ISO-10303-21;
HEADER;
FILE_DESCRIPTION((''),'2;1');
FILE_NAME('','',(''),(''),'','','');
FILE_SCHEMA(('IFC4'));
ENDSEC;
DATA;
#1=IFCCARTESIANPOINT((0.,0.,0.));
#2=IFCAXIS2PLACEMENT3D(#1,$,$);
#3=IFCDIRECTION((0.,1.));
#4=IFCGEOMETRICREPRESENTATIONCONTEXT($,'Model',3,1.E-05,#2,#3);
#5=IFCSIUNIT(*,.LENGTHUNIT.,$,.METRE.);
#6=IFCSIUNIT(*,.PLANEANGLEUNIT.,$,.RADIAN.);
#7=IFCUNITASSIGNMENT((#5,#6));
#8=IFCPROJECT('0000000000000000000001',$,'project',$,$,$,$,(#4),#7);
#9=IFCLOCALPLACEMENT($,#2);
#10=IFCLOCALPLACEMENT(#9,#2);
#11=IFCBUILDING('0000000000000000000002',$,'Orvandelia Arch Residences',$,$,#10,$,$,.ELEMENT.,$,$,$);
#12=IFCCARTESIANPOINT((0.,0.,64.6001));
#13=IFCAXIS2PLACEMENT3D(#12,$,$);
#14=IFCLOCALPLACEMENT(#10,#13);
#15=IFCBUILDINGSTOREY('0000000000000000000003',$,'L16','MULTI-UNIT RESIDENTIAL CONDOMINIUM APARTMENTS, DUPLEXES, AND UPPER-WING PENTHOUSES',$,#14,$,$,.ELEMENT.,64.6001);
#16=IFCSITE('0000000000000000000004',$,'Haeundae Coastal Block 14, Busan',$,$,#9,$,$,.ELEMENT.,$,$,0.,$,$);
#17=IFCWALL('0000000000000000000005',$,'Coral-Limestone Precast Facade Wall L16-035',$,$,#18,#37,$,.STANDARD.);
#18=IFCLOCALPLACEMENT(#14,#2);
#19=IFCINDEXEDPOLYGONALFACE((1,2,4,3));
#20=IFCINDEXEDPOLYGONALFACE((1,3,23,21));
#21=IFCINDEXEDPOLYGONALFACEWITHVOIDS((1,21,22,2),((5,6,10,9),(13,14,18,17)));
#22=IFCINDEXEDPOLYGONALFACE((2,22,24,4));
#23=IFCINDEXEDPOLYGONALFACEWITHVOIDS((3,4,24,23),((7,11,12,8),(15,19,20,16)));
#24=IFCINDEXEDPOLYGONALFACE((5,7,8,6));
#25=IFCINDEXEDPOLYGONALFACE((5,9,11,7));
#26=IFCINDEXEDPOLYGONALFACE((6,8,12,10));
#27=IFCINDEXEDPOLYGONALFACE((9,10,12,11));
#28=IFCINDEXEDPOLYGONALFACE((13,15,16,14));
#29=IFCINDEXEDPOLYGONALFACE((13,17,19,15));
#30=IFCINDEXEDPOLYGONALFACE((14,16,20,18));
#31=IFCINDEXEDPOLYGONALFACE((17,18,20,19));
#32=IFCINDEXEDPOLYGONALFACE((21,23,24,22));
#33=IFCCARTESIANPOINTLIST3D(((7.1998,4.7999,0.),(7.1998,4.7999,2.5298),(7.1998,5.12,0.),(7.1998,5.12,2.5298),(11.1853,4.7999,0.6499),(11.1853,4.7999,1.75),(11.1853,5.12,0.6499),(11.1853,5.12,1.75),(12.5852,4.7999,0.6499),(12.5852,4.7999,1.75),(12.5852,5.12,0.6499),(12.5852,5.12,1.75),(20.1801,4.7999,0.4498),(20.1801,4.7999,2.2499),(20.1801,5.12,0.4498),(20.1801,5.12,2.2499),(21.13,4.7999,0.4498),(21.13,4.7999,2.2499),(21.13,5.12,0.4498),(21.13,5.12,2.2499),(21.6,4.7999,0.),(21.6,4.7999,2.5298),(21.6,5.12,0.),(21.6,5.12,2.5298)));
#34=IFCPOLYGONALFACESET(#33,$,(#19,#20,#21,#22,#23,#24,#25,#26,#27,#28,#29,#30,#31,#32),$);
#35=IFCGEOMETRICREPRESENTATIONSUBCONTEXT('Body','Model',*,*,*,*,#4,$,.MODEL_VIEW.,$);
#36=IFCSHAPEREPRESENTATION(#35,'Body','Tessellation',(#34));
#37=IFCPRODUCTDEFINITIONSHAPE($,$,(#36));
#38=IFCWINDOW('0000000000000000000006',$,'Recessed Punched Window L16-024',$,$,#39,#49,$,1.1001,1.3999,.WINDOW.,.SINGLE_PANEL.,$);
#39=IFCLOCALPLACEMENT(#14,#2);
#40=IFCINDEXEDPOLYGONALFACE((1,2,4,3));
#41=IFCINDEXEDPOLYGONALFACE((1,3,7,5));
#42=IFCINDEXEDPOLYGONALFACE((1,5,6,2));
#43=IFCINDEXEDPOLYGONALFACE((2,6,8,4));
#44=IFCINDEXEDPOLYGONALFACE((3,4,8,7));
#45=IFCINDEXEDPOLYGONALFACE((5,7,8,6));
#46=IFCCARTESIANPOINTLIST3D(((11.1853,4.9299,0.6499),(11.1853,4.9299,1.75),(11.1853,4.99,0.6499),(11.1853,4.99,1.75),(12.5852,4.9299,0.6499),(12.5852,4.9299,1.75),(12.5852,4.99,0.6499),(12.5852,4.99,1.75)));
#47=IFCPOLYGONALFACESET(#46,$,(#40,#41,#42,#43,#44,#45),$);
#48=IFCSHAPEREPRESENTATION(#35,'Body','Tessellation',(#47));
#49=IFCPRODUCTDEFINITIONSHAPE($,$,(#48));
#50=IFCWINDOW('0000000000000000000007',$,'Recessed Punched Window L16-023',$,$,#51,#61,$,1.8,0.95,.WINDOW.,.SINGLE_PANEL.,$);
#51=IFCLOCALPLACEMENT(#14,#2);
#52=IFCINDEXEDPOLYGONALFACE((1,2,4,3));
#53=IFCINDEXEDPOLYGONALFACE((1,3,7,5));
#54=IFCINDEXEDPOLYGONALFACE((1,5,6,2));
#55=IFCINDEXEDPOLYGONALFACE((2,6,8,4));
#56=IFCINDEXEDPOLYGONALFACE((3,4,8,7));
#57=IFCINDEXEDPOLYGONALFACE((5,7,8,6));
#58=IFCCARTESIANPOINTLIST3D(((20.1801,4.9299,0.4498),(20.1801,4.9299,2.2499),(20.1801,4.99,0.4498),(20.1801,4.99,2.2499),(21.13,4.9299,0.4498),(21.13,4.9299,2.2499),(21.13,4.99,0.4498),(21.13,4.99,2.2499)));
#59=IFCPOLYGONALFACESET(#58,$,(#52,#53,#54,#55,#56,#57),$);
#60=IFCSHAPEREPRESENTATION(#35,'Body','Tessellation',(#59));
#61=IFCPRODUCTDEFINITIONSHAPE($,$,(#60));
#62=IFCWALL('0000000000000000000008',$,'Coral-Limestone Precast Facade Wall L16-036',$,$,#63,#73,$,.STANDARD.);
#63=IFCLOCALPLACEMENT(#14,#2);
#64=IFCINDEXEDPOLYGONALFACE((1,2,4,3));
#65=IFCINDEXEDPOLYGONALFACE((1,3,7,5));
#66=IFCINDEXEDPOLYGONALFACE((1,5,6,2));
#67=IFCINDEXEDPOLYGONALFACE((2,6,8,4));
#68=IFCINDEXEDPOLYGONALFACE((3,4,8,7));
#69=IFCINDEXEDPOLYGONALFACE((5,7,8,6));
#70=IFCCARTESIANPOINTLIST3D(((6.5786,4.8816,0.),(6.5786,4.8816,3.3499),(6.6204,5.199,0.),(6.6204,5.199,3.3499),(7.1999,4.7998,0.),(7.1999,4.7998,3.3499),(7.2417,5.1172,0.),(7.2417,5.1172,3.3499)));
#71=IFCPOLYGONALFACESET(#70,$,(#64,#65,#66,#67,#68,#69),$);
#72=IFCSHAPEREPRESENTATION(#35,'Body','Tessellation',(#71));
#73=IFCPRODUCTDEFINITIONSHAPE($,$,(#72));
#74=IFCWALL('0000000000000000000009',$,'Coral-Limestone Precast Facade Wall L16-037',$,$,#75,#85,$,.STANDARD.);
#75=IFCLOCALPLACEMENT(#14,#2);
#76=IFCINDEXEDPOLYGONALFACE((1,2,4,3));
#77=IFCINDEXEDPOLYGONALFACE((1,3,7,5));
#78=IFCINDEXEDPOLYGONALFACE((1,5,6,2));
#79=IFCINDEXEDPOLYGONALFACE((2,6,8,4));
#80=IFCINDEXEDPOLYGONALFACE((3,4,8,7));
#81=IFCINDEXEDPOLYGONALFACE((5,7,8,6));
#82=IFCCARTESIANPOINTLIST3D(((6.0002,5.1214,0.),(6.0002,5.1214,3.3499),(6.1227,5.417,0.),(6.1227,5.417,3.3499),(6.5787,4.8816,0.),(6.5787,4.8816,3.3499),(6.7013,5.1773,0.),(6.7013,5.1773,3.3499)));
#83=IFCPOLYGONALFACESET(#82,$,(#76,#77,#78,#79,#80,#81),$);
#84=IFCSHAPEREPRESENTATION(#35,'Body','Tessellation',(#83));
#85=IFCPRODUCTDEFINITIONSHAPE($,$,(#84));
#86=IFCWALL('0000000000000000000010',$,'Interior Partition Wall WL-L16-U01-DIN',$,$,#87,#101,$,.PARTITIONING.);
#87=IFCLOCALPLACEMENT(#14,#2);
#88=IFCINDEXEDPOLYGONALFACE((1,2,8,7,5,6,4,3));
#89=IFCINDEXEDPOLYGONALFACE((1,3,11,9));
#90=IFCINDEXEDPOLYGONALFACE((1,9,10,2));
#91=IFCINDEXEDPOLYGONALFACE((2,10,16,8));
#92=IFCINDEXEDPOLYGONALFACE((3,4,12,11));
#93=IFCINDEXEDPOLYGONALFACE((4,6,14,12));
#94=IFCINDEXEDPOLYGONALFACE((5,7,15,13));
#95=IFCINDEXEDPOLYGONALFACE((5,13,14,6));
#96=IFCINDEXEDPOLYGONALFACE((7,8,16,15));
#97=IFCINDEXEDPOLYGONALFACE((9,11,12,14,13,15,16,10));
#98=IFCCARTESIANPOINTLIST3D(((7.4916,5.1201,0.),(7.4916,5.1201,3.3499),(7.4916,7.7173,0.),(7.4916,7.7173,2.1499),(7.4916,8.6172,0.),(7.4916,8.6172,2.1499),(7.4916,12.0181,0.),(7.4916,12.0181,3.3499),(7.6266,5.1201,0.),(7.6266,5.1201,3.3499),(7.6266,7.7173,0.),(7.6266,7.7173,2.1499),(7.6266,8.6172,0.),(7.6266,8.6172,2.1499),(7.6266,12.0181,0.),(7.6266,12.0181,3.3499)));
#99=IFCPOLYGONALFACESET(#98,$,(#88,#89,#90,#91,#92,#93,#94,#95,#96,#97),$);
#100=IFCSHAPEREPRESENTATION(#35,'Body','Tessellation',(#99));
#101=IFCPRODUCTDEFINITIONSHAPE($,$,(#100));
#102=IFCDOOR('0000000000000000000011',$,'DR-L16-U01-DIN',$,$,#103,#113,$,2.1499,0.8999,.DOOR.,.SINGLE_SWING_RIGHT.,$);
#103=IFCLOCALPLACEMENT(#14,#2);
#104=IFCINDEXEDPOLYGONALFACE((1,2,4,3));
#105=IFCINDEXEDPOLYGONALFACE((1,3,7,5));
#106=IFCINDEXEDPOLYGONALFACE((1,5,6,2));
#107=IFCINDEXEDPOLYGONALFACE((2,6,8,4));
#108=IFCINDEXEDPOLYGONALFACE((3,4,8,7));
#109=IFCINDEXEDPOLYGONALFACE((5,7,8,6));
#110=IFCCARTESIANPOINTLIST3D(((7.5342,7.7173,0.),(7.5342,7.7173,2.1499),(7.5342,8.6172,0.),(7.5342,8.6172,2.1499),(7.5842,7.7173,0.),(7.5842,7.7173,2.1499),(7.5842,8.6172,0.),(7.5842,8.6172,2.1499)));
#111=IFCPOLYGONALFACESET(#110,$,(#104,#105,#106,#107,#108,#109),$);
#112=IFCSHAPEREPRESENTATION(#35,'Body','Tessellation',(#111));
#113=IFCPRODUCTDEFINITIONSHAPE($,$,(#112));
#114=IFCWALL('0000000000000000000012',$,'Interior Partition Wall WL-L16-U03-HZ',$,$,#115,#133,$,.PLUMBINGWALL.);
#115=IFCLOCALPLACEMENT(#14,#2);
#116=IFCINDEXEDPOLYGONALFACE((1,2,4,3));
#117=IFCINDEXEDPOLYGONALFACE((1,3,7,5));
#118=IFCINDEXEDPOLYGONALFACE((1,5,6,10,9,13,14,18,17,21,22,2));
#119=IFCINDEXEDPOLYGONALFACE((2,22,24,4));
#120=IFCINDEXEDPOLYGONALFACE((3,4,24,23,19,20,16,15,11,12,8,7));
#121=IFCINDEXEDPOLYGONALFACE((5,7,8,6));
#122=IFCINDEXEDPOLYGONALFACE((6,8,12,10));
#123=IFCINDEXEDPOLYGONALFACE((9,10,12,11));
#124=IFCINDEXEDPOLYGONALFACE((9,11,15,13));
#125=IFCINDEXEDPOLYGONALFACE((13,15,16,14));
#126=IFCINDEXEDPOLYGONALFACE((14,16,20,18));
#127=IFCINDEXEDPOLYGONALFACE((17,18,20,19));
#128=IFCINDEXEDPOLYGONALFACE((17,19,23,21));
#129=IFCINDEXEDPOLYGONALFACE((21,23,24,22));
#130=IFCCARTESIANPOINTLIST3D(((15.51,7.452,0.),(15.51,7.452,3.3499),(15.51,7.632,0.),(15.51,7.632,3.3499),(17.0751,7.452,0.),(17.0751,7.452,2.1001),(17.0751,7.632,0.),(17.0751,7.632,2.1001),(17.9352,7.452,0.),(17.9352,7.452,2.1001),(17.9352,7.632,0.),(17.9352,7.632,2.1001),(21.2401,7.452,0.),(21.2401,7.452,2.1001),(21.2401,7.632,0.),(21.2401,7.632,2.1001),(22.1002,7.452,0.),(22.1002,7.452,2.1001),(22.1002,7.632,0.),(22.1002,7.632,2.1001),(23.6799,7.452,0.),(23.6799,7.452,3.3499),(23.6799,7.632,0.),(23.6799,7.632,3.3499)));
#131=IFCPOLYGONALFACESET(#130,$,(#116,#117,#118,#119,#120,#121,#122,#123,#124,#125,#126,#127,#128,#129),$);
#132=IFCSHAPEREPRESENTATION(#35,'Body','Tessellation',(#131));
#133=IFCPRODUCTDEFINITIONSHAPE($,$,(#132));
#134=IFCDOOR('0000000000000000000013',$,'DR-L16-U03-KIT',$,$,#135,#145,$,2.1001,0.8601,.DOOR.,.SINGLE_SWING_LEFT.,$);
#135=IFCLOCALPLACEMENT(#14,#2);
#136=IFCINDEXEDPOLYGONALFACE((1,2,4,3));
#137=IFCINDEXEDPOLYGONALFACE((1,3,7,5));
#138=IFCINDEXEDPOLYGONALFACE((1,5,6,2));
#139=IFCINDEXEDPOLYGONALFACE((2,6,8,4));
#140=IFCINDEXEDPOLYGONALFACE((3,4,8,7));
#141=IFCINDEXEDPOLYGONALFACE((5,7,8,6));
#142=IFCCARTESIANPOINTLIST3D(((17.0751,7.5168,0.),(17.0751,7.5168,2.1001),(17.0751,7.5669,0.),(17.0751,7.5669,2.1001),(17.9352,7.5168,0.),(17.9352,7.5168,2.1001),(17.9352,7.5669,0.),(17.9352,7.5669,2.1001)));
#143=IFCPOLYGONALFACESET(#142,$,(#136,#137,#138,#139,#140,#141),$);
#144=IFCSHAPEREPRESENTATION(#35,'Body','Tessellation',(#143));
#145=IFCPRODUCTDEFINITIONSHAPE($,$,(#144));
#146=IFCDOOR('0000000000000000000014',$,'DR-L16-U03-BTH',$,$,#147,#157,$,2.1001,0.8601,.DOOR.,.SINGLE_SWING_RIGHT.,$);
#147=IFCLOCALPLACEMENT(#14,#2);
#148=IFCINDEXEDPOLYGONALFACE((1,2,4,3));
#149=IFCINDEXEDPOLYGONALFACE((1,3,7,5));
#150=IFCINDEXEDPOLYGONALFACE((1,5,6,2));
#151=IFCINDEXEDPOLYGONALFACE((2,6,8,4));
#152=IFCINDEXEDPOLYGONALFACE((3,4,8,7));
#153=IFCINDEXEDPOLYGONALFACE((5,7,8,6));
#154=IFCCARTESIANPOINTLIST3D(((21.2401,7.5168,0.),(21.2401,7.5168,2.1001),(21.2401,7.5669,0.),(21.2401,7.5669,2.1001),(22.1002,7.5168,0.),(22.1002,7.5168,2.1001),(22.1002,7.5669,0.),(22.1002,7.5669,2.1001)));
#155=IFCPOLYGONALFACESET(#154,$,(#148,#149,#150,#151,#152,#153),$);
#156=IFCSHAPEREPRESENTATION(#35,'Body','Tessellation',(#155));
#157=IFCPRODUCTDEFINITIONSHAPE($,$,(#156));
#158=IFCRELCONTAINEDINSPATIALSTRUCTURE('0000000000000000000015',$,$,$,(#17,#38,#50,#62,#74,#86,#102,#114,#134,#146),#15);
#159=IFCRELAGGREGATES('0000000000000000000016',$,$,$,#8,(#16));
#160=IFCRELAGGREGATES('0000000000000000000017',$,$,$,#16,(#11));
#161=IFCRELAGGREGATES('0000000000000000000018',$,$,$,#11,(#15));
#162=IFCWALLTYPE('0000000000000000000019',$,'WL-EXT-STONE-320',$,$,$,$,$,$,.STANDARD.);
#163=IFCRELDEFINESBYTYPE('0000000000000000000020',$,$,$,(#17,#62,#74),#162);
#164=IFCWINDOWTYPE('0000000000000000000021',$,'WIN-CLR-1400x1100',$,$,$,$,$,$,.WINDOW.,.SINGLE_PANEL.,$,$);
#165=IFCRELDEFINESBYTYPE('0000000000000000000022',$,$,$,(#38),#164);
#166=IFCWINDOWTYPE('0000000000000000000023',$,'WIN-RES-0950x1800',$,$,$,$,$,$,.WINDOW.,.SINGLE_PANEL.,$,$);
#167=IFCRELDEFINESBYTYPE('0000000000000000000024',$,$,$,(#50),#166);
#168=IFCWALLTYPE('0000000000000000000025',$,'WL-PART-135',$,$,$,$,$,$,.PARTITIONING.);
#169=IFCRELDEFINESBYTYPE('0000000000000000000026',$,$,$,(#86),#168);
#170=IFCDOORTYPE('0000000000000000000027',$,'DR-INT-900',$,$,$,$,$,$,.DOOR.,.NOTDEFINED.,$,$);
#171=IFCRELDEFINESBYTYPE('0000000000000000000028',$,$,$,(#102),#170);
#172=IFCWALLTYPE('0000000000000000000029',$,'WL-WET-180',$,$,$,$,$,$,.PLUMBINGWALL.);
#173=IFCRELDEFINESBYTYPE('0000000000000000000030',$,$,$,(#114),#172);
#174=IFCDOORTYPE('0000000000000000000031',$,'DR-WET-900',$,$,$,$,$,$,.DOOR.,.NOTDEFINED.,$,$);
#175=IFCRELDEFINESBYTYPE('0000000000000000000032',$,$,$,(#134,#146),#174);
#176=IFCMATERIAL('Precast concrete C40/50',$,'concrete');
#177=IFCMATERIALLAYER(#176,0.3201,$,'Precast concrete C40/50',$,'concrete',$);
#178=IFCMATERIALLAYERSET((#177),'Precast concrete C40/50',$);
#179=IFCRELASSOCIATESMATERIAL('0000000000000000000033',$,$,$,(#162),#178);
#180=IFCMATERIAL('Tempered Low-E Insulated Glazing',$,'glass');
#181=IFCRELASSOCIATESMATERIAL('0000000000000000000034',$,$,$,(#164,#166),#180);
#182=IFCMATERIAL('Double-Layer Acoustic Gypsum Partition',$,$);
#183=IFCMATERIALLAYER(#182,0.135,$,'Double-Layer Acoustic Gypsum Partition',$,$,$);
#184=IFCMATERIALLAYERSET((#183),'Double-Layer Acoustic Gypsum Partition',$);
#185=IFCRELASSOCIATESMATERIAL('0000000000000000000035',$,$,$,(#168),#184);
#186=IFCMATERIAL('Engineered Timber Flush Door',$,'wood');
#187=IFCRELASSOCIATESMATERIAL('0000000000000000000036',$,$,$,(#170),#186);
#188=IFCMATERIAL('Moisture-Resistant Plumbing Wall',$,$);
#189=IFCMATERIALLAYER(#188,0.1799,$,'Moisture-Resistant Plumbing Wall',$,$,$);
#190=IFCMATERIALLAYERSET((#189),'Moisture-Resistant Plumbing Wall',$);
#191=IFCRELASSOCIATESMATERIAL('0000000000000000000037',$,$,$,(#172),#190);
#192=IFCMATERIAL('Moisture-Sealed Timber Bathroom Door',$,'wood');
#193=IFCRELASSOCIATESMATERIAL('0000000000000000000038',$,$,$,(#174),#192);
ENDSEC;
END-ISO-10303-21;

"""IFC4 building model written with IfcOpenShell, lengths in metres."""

from ifc_helpers import new_model, si_unit, direction, frame, frame_2d, origin, place, context, subcontext, project, spatial, rectangle, extrude, material, layer, layer_set, type_object, element, fill, save


model = new_model("IFC4")

# Units and contexts
model_context = context("Model", 3, precision=1e-05, world=origin(), true_north=direction((0.0, 1.0)))
body_context = subcontext(model_context, "Body", "Model", "MODEL_VIEW")
ifc_project = project(units=[si_unit("LENGTHUNIT", "METRE"), si_unit("PLANEANGLEUNIT", "RADIAN")], contexts=[model_context])

# Site, building, storey
site_placement = place(None, origin())
site = spatial("IfcSite", under=ifc_project, at=site_placement, Name="Haeundae Coastal Block 14, Busan", CompositionType="ELEMENT", RefElevation=0.0)
building_placement = place(site_placement, origin())
building = spatial("IfcBuilding", under=site, at=building_placement, Name="Orvandelia Arch Residences", CompositionType="ELEMENT")
storey_placement = place(building_placement, frame((0.0, 0.0, 64.6001)))
storey = spatial("IfcBuildingStorey", under=building, at=storey_placement, Name="L16", Description="MULTI-UNIT RESIDENTIAL CONDOMINIUM APARTMENTS, DUPLEXES, AND UPPER-WING PENTHOUSES", CompositionType="ELEMENT", Elevation=64.6001)

# Shared definitions
ifc_material_1 = material(Name="Precast concrete C40/50", Category="concrete")
ifc_layer_1 = layer(ifc_material_1, 0.3201, Name="Precast concrete C40/50", Category="concrete")
ifc_layer_set_1 = layer_set([ifc_layer_1], Name="Precast concrete C40/50")
wall_type_1 = type_object("IfcWallType", Name="WL-EXT-STONE-320", PredefinedType="STANDARD", material=ifc_layer_set_1)

# Wall, openings, windows
wall_1_placement = place(storey_placement, frame((21.6001, 4.96, 0.0), z_axis=(0.0, 0.0, 1.0), x_axis=(-1.0, 0.0, 0.0)))
wall_1 = element("IfcWall", 1, at=wall_1_placement, inside=storey, type_object=wall_type_1, Name="Coral-Limestone Precast Facade Wall L16-035", PredefinedType="STANDARD", context=body_context, shape_type="SweptSolid", body=[
    extrude(rectangle(XDim=14.4001, YDim=0.3201, at=frame_2d((7.2002, 0.0))), origin(), (0.0, 0.0, 1.0), 2.5298),
])
opening_1_placement = place(wall_1_placement, frame((0.47, 0.0, 0.45)))
opening_1 = element("IfcOpeningElement", 2, at=opening_1_placement, cuts=wall_1, PredefinedType="OPENING", context=body_context, shape_type="SweptSolid", body=[
    extrude(rectangle(XDim=0.95, YDim=1.8, at=frame_2d((0.4751, 0.8999))), frame((0.0, 0.1699, 0.0), z_axis=(0.0, -1.0, 0.0), x_axis=(1.0, 0.0, 0.0)), (0.0, 0.0, 1.0), 0.3401),
])
opening_2_placement = place(wall_1_placement, frame((9.0149, 0.0, 0.6499)))
opening_2 = element("IfcOpeningElement", 3, at=opening_2_placement, cuts=wall_1, PredefinedType="OPENING", context=body_context, shape_type="SweptSolid", body=[
    extrude(rectangle(XDim=1.3999, YDim=1.1001, at=frame_2d((0.7, 0.55))), frame((0.0, 0.1699, 0.0), z_axis=(0.0, -1.0, 0.0), x_axis=(1.0, 0.0, 0.0)), (0.0, 0.0, 1.0), 0.3401),
])
ifc_material_2 = material(Name="Tempered Low-E Insulated Glazing", Category="glass")
window_type_1 = type_object("IfcWindowType", Name="WIN-CLR-1400x1100", PartitioningType="SINGLE_PANEL", PredefinedType="WINDOW", material=ifc_material_2)
window_1_placement = place(opening_2_placement, origin())
window_1 = element("IfcWindow", 4, at=window_1_placement, inside=storey, type_object=window_type_1, Name="Recessed Punched Window L16-024", OverallHeight=1.1001, OverallWidth=1.3999, PartitioningType="SINGLE_PANEL", PredefinedType="WINDOW", context=body_context, shape_type="SweptSolid", body=[
    extrude(rectangle(XDim=1.3999, YDim=1.1001, at=frame_2d((0.7, 0.55))), frame((0.0, 0.03, 0.0), z_axis=(0.0, -1.0, 0.0), x_axis=(1.0, 0.0, 0.0)), (0.0, 0.0, 1.0), 0.0601),
])
fill(opening_2, window_1)
window_type_2 = type_object("IfcWindowType", Name="WIN-RES-0950x1800", PartitioningType="SINGLE_PANEL", PredefinedType="WINDOW", material=ifc_material_2)
window_2_placement = place(opening_1_placement, origin())
window_2 = element("IfcWindow", 5, at=window_2_placement, inside=storey, type_object=window_type_2, Name="Recessed Punched Window L16-023", OverallHeight=1.8, OverallWidth=0.95, PartitioningType="SINGLE_PANEL", PredefinedType="WINDOW", context=body_context, shape_type="SweptSolid", body=[
    extrude(rectangle(XDim=0.95, YDim=1.8, at=frame_2d((0.4751, 0.8999))), frame((0.0, 0.03, 0.0), z_axis=(0.0, -1.0, 0.0), x_axis=(1.0, 0.0, 0.0)), (0.0, 0.0, 1.0), 0.0601),
])
fill(opening_1, window_2)

# Walls
wall_2_placement = place(storey_placement, frame((7.2209, 4.9585, 0.0), z_axis=(0.0, 0.0, 1.0), x_axis=(-0.991448, 0.130505, 0.0)))
element("IfcWall", 6, at=wall_2_placement, inside=storey, type_object=wall_type_1, Name="Coral-Limestone Precast Facade Wall L16-036", PredefinedType="STANDARD", context=body_context, shape_type="SweptSolid", body=[
    extrude(rectangle(XDim=0.6267, YDim=0.3201, at=frame_2d((0.3135, 0.0))), origin(), (0.0, 0.0, 1.0), 3.3499),
])
wall_3_placement = place(storey_placement, frame((6.6399, 5.0295, 0.0), z_axis=(0.0, 0.0, 1.0), x_axis=(-0.923836, 0.382788, 0.0)))
element("IfcWall", 7, at=wall_3_placement, inside=storey, type_object=wall_type_1, Name="Coral-Limestone Precast Facade Wall L16-037", PredefinedType="STANDARD", context=body_context, shape_type="SweptSolid", body=[
    extrude(rectangle(XDim=0.6262, YDim=0.3201, at=frame_2d((0.313, 0.0))), origin(), (0.0, 0.0, 1.0), 3.3499),
])

# Wall, opening, door
ifc_material_3 = material(Name="Double-Layer Acoustic Gypsum Partition")
ifc_layer_2 = layer(ifc_material_3, 0.135, Name="Double-Layer Acoustic Gypsum Partition")
ifc_layer_set_2 = layer_set([ifc_layer_2], Name="Double-Layer Acoustic Gypsum Partition")
wall_type_2 = type_object("IfcWallType", Name="WL-PART-135", PredefinedType="PARTITIONING", material=ifc_layer_set_2)
wall_4_placement = place(storey_placement, frame((7.5591, 5.1201, 0.0), z_axis=(0.0, 0.0, 1.0), x_axis=(0.0, 1.0, 0.0)))
wall_4 = element("IfcWall", 8, at=wall_4_placement, inside=storey, type_object=wall_type_2, Name="Interior Partition Wall WL-L16-U01-DIN", PredefinedType="PARTITIONING", context=body_context, shape_type="SweptSolid", body=[
    extrude(rectangle(XDim=6.8979, YDim=0.135, at=frame_2d((3.449, 0.0))), origin(), (0.0, 0.0, 1.0), 3.3499),
])
opening_3_placement = place(wall_4_placement, frame((2.5972, 0.0, 0.0)))
opening_3 = element("IfcOpeningElement", 9, at=opening_3_placement, cuts=wall_4, PredefinedType="OPENING", context=body_context, shape_type="SweptSolid", body=[
    extrude(rectangle(XDim=0.8999, YDim=2.1499, at=frame_2d((0.45, 1.075))), frame((0.0, 0.0776, 0.0), z_axis=(0.0, -1.0, 0.0), x_axis=(1.0, 0.0, 0.0)), (0.0, 0.0, 1.0), 0.155),
])
ifc_material_4 = material(Name="Engineered Timber Flush Door", Category="wood")
door_type_1 = type_object("IfcDoorType", Name="DR-INT-900", OperationType="NOTDEFINED", PredefinedType="DOOR", material=ifc_material_4)
door_1_placement = place(opening_3_placement, origin())
door_1 = element("IfcDoor", 10, at=door_1_placement, inside=storey, type_object=door_type_1, Name="DR-L16-U01-DIN", OperationType="SINGLE_SWING_RIGHT", OverallHeight=2.1499, OverallWidth=0.8999, PredefinedType="DOOR", context=body_context, shape_type="SweptSolid", body=[
    extrude(rectangle(XDim=0.8999, YDim=2.1499, at=frame_2d((0.45, 1.075))), frame((0.0, 0.0249, 0.0), z_axis=(0.0, -1.0, 0.0), x_axis=(1.0, 0.0, 0.0)), (0.0, 0.0, 1.0), 0.05),
])
fill(opening_3, door_1)

# Wall, openings, doors
ifc_material_5 = material(Name="Moisture-Resistant Plumbing Wall")
ifc_layer_3 = layer(ifc_material_5, 0.1799, Name="Moisture-Resistant Plumbing Wall")
ifc_layer_set_3 = layer_set([ifc_layer_3], Name="Moisture-Resistant Plumbing Wall")
wall_type_3 = type_object("IfcWallType", Name="WL-WET-180", PredefinedType="PLUMBINGWALL", material=ifc_layer_set_3)
wall_5_placement = place(storey_placement, frame((15.51, 7.542, 0.0), z_axis=(0.0, 0.0, 1.0), x_axis=(1.0, 0.0, 0.0)))
wall_5 = element("IfcWall", 11, at=wall_5_placement, inside=storey, type_object=wall_type_3, Name="Interior Partition Wall WL-L16-U03-HZ", PredefinedType="PLUMBINGWALL", context=body_context, shape_type="SweptSolid", body=[
    extrude(rectangle(XDim=8.1699, YDim=0.1799, at=frame_2d((4.085, 0.0))), origin(), (0.0, 0.0, 1.0), 3.3499),
])
opening_4_placement = place(wall_5_placement, frame((1.5649, 0.0, 0.0)))
opening_4 = element("IfcOpeningElement", 12, at=opening_4_placement, cuts=wall_5, PredefinedType="OPENING", context=body_context, shape_type="SweptSolid", body=[
    extrude(rectangle(XDim=0.8601, YDim=2.1001, at=frame_2d((0.4302, 1.05))), frame((0.0, 0.1001, 0.0), z_axis=(0.0, -1.0, 0.0), x_axis=(1.0, 0.0, 0.0)), (0.0, 0.0, 1.0), 0.2),
])
opening_5_placement = place(wall_5_placement, frame((5.73, 0.0, 0.0)))
opening_5 = element("IfcOpeningElement", 13, at=opening_5_placement, cuts=wall_5, PredefinedType="OPENING", context=body_context, shape_type="SweptSolid", body=[
    extrude(rectangle(XDim=0.8601, YDim=2.1001, at=frame_2d((0.4302, 1.05))), frame((0.0, 0.1001, 0.0), z_axis=(0.0, -1.0, 0.0), x_axis=(1.0, 0.0, 0.0)), (0.0, 0.0, 1.0), 0.2),
])
ifc_material_6 = material(Name="Moisture-Sealed Timber Bathroom Door", Category="wood")
door_type_2 = type_object("IfcDoorType", Name="DR-WET-900", OperationType="NOTDEFINED", PredefinedType="DOOR", material=ifc_material_6)
door_2_placement = place(opening_4_placement, origin())
door_2 = element("IfcDoor", 14, at=door_2_placement, inside=storey, type_object=door_type_2, Name="DR-L16-U03-KIT", OperationType="SINGLE_SWING_LEFT", OverallHeight=2.1001, OverallWidth=0.8601, PredefinedType="DOOR", context=body_context, shape_type="SweptSolid", body=[
    extrude(rectangle(XDim=0.8601, YDim=2.1001, at=frame_2d((0.4302, 1.05))), frame((0.0, 0.0249, 0.0), z_axis=(0.0, -1.0, 0.0), x_axis=(1.0, 0.0, 0.0)), (0.0, 0.0, 1.0), 0.05),
])
fill(opening_4, door_2)
door_3_placement = place(opening_5_placement, origin())
door_3 = element("IfcDoor", 15, at=door_3_placement, inside=storey, type_object=door_type_2, Name="DR-L16-U03-BTH", OperationType="SINGLE_SWING_RIGHT", OverallHeight=2.1001, OverallWidth=0.8601, PredefinedType="DOOR", context=body_context, shape_type="SweptSolid", body=[
    extrude(rectangle(XDim=0.8601, YDim=2.1001, at=frame_2d((0.4302, 1.05))), frame((0.0, 0.0249, 0.0), z_axis=(0.0, -1.0, 0.0), x_axis=(1.0, 0.0, 0.0)), (0.0, 0.0, 1.0), 0.05),
])
fill(opening_5, door_3)

save(model, "model.ifc")
